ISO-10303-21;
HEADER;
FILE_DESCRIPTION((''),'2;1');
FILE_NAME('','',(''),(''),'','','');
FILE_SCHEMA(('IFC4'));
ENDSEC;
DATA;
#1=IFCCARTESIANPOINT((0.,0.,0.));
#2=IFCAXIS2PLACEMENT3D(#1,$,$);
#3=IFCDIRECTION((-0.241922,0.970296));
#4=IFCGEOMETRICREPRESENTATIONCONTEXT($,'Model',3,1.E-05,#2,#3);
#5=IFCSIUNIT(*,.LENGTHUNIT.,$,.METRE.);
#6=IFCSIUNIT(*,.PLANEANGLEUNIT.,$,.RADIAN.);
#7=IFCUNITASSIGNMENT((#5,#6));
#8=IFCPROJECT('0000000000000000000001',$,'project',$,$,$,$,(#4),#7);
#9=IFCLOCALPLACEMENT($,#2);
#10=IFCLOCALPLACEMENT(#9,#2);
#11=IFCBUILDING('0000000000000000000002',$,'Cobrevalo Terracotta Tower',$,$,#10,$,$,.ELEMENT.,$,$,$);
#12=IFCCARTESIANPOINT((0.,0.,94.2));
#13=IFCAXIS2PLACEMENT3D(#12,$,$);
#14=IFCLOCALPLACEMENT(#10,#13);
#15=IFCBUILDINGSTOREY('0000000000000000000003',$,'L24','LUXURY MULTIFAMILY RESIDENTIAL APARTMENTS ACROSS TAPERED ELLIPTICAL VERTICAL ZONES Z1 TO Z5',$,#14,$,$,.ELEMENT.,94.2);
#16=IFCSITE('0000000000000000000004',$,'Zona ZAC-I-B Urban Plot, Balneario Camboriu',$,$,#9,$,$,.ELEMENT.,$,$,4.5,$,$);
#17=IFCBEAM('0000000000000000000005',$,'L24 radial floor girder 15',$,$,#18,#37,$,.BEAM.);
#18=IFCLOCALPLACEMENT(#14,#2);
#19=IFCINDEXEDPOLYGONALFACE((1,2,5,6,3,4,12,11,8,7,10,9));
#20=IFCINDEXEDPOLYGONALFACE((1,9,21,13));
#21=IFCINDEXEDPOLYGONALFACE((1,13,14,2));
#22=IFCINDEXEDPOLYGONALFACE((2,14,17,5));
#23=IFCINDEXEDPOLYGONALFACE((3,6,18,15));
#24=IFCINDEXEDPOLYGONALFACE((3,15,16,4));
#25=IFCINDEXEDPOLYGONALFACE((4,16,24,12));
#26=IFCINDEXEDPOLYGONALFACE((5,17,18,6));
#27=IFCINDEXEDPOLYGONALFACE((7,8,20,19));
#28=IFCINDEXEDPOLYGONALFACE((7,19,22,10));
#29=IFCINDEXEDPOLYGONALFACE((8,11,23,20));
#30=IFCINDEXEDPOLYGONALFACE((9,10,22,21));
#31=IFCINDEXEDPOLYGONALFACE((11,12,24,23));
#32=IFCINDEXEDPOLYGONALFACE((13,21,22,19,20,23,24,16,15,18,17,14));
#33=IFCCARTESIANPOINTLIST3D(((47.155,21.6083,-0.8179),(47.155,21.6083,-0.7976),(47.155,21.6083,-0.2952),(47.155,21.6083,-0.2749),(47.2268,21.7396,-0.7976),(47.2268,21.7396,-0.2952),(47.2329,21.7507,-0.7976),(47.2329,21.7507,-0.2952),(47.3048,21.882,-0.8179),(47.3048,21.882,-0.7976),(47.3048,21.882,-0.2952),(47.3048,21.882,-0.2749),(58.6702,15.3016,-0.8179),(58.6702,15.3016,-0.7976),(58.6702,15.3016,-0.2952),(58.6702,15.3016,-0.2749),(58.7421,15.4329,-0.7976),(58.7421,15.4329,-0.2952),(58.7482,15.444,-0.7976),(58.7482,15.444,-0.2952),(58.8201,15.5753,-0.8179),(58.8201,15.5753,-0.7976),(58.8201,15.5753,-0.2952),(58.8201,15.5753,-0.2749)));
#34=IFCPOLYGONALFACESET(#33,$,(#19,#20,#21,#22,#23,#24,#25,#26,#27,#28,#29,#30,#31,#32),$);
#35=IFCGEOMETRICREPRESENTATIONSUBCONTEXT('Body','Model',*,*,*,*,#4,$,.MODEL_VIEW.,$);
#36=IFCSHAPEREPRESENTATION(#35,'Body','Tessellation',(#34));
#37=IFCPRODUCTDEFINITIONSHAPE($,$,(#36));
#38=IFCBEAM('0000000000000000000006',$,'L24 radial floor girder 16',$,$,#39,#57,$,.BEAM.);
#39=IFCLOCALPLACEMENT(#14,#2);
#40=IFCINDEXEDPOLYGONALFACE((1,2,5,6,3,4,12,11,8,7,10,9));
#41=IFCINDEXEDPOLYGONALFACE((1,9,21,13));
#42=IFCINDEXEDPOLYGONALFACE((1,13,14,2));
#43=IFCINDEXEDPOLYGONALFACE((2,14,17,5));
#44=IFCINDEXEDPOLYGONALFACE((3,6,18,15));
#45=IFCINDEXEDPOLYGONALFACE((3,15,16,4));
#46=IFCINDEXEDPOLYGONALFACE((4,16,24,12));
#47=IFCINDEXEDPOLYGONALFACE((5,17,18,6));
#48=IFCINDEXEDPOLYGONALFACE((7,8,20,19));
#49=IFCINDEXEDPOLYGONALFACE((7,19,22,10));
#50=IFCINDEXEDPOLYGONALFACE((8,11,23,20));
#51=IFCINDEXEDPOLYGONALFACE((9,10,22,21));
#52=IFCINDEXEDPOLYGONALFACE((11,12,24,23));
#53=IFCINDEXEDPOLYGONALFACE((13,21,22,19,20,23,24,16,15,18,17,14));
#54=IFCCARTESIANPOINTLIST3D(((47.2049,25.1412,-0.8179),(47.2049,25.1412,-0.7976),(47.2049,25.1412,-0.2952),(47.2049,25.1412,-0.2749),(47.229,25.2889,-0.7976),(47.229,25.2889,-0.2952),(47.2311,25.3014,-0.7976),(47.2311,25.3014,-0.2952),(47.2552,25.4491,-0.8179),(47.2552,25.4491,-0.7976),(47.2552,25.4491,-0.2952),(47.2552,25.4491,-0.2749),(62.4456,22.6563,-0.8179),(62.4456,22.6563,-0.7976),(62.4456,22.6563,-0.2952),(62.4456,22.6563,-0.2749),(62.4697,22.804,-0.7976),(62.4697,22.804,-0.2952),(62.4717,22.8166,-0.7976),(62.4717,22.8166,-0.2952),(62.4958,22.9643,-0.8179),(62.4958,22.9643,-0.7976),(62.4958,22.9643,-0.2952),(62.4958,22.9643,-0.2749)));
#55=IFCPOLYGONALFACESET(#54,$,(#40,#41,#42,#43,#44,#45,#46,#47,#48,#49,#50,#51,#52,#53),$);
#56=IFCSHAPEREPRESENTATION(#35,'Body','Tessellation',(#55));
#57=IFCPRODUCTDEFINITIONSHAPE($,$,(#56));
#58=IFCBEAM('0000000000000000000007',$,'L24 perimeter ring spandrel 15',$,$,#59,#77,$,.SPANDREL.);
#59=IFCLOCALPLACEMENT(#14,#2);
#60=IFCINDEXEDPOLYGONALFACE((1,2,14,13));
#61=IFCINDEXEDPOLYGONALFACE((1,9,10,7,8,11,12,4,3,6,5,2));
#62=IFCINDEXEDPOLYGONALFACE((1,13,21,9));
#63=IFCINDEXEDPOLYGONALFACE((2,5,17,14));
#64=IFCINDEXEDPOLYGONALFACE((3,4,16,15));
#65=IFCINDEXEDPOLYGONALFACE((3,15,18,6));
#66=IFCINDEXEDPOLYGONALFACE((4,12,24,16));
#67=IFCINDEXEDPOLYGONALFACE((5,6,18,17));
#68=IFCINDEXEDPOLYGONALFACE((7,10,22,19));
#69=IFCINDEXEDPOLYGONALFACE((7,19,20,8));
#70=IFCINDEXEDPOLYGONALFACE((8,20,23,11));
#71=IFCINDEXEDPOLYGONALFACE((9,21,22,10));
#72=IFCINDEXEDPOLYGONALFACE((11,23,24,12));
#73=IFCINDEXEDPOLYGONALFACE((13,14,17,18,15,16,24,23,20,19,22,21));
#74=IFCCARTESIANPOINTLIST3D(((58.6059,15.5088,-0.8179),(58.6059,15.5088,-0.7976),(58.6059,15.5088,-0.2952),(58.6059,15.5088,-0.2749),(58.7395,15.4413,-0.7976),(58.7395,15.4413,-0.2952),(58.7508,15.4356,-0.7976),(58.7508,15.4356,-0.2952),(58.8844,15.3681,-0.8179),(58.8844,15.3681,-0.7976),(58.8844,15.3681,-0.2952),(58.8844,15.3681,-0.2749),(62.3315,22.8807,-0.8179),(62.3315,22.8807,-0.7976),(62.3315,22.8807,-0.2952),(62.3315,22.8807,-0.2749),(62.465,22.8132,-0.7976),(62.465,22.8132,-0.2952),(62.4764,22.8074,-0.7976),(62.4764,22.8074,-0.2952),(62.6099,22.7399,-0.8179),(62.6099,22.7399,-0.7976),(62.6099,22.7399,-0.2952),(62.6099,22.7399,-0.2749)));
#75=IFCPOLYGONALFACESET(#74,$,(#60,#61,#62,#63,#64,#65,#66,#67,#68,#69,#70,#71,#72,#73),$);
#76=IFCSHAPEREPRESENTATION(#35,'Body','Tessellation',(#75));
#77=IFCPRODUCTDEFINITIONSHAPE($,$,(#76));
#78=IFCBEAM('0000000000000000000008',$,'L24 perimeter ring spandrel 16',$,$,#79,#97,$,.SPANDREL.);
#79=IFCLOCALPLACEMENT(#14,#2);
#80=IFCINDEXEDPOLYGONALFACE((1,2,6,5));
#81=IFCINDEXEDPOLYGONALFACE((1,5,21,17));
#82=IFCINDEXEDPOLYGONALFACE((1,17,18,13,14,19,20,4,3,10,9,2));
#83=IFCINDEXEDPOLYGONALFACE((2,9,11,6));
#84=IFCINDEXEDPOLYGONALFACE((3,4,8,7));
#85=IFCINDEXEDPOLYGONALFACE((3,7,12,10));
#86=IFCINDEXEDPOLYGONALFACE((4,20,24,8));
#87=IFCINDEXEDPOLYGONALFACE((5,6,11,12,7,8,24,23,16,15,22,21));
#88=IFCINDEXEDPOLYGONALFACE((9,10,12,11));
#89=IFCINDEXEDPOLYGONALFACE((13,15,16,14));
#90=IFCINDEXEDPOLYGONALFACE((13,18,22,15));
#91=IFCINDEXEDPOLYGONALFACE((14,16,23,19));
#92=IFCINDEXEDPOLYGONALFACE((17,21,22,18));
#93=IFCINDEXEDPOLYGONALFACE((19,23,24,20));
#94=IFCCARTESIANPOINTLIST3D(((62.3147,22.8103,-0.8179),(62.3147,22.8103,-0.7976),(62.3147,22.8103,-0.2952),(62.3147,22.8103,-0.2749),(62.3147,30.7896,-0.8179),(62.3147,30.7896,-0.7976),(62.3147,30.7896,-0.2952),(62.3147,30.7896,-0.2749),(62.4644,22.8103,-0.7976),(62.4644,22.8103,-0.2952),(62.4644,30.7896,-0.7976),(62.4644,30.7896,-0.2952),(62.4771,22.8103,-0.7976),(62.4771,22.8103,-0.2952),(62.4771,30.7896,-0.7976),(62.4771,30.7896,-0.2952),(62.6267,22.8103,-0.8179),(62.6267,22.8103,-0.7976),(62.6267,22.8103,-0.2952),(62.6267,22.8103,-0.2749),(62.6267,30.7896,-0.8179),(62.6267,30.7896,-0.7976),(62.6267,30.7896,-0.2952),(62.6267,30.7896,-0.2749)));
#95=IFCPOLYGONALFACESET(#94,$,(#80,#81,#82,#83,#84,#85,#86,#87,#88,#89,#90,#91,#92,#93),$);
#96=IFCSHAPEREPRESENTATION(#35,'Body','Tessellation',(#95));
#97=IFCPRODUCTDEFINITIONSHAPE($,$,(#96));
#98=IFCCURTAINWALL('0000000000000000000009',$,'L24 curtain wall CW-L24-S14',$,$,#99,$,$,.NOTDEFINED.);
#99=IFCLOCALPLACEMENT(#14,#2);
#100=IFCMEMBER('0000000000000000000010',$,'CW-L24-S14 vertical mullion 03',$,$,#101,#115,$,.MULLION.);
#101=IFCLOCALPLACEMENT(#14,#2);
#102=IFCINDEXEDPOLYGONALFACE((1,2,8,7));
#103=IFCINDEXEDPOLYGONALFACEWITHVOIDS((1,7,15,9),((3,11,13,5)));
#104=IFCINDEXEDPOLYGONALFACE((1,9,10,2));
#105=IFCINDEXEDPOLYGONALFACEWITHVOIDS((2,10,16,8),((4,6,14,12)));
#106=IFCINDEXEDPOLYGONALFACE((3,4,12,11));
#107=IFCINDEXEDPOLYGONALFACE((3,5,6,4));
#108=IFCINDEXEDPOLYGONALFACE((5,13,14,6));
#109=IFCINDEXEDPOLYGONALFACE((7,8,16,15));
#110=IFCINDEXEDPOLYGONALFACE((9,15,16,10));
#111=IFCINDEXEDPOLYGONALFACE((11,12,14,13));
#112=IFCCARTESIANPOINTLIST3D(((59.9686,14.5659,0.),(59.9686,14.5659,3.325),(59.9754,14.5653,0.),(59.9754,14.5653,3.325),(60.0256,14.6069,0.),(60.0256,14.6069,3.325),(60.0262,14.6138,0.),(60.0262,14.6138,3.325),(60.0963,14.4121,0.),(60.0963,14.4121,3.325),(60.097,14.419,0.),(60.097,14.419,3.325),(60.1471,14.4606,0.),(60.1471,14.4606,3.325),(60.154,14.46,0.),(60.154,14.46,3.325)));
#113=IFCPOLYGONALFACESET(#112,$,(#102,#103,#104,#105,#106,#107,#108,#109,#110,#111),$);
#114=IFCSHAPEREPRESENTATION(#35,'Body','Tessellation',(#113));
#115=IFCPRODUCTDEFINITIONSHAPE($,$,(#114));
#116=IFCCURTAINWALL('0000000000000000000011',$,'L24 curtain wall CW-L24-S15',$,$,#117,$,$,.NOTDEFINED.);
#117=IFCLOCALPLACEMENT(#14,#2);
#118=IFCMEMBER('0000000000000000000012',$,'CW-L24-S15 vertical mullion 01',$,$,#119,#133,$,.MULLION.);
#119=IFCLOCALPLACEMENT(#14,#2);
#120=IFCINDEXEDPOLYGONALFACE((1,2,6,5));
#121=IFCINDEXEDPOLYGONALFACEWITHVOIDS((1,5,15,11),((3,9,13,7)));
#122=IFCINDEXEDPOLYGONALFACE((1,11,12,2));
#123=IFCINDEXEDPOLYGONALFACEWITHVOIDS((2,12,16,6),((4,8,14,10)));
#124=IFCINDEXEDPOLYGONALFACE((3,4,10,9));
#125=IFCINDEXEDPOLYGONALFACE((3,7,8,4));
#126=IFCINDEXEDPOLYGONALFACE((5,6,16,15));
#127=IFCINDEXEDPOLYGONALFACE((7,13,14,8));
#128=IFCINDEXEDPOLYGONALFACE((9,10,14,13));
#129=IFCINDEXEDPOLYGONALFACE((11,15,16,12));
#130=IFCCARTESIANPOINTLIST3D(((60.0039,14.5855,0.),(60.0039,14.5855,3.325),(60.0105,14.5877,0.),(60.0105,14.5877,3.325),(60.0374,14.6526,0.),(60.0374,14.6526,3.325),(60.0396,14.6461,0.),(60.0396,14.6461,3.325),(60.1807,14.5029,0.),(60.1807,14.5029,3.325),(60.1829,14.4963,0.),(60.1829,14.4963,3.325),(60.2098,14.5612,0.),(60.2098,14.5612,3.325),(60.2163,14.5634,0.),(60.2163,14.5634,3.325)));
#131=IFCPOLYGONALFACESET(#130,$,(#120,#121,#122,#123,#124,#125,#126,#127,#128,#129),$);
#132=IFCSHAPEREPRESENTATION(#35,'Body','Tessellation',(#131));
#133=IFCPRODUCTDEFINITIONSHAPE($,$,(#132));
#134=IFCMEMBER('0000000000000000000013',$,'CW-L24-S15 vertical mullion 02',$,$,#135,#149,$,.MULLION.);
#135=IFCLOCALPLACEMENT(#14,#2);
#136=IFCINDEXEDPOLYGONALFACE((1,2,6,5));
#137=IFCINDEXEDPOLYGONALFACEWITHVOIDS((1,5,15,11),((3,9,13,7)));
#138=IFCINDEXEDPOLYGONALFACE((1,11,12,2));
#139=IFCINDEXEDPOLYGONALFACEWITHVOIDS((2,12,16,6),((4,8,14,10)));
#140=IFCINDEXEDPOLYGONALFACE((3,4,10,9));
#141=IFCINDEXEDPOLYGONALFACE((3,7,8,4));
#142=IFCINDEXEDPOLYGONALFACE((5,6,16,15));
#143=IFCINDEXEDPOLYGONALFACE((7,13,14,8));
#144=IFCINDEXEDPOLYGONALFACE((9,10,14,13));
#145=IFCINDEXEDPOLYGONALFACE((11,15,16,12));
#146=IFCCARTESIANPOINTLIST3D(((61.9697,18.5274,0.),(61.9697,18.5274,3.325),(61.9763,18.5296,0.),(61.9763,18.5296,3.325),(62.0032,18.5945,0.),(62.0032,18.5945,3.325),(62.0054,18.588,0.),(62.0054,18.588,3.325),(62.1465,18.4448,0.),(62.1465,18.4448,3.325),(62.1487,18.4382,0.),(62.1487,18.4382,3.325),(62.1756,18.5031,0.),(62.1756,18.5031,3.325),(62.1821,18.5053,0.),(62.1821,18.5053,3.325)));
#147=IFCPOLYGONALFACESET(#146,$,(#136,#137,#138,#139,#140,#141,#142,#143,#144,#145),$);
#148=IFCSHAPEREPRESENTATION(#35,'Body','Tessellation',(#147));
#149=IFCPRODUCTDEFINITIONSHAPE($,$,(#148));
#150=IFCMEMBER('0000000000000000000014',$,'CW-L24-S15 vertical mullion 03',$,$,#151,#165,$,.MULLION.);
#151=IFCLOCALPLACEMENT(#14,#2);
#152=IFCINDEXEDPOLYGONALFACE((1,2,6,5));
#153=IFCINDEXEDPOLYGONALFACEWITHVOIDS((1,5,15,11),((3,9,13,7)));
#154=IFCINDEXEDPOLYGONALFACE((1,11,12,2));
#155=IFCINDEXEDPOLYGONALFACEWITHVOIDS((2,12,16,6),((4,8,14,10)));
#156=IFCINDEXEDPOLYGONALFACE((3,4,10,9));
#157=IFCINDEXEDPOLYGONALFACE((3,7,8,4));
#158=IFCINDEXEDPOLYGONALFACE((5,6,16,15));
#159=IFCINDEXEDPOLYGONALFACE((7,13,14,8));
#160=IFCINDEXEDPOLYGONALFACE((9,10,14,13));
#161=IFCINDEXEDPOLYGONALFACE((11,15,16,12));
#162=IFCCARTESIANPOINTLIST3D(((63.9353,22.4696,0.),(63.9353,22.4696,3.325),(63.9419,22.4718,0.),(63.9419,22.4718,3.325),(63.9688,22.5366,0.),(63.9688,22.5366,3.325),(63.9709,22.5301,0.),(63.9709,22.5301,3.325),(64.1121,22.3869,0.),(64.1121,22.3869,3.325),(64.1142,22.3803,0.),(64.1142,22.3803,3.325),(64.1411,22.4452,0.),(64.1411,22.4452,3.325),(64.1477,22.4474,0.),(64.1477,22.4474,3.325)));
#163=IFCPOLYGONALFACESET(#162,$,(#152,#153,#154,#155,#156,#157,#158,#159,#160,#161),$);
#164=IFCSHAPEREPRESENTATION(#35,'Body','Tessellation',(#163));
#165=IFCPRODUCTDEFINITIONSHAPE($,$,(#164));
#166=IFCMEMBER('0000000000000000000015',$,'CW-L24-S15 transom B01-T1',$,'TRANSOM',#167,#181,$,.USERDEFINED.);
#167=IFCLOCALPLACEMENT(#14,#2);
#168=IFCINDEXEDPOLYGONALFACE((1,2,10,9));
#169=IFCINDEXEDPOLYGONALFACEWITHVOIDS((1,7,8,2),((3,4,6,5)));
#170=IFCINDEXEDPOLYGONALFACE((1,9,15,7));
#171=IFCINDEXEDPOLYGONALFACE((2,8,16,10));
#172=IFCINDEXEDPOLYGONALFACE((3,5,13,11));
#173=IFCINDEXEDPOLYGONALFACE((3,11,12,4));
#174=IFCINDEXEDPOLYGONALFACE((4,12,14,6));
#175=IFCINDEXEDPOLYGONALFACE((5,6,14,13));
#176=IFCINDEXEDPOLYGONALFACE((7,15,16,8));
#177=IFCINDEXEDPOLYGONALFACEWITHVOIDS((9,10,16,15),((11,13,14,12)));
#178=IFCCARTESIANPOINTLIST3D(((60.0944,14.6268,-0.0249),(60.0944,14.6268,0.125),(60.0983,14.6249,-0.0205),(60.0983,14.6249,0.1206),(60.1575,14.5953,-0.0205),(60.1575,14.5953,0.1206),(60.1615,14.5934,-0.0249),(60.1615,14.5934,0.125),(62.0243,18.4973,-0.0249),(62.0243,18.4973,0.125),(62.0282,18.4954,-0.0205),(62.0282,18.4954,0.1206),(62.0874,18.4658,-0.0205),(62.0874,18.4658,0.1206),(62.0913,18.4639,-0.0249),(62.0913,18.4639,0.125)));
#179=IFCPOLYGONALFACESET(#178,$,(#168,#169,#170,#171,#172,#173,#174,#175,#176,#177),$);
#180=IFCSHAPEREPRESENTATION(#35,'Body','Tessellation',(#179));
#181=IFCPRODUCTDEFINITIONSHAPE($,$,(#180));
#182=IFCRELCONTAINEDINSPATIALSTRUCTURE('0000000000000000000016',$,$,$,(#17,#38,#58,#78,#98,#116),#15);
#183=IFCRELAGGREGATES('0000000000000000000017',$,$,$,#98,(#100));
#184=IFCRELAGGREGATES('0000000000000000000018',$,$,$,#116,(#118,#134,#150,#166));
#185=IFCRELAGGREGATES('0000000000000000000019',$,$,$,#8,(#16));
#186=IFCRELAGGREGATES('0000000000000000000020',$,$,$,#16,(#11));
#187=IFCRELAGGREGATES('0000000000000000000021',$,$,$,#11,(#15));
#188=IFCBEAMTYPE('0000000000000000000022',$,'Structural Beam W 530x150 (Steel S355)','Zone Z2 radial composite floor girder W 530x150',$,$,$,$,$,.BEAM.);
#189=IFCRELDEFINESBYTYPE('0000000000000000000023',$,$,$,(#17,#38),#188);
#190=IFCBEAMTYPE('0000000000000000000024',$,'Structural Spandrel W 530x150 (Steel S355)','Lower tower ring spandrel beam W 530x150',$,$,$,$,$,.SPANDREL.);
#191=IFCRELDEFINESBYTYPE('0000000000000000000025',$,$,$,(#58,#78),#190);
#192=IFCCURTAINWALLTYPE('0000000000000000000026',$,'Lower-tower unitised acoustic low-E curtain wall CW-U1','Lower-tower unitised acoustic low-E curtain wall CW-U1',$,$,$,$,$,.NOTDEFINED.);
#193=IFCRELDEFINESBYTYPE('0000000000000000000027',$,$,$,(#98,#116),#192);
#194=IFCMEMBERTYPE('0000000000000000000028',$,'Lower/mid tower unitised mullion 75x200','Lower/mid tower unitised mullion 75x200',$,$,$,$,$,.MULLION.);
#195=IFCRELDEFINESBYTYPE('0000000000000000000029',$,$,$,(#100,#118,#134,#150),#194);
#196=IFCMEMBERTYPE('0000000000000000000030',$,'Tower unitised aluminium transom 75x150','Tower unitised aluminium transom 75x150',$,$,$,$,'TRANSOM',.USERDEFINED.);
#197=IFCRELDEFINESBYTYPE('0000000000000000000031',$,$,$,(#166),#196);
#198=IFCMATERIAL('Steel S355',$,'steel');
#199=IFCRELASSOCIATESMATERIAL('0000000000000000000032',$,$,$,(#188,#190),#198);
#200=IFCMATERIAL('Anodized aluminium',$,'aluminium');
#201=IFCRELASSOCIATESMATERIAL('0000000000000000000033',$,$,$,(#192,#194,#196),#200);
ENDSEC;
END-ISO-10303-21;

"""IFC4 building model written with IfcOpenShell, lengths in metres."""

from ifc_helpers import new_model, si_unit, direction, frame, origin, origin_2d, place, context, subcontext, project, spatial, hollow_rectangle, i_section, extrude, source, transform, mapped, material, material_profile, profile_set, type_object, element, aggregate, save


model = new_model("IFC4")

# Units and contexts
model_context = context("Model", 3, precision=1e-05, world=origin(), true_north=direction((-0.241922, 0.970296)))
body_context = subcontext(model_context, "Body", "Model", "MODEL_VIEW")
ifc_project = project(units=[si_unit("LENGTHUNIT", "METRE"), si_unit("PLANEANGLEUNIT", "RADIAN")], contexts=[model_context])

# Site, building, storey
site_placement = place(None, origin())
site = spatial("IfcSite", under=ifc_project, at=site_placement, Name="Zona ZAC-I-B Urban Plot, Balneario Camboriu", CompositionType="ELEMENT", RefElevation=4.5)
building_placement = place(site_placement, origin())
building = spatial("IfcBuilding", under=site, at=building_placement, Name="Cobrevalo Terracotta Tower", CompositionType="ELEMENT")
storey_placement = place(building_placement, frame((0.0, 0.0, 94.2)))
storey = spatial("IfcBuildingStorey", under=building, at=storey_placement, Name="L24", Description="LUXURY MULTIFAMILY RESIDENTIAL APARTMENTS ACROSS TAPERED ELLIPTICAL VERTICAL ZONES Z1 TO Z5", CompositionType="ELEMENT", Elevation=94.2)

# Shared definitions
ifc_material_1 = material(Name="Steel S355", Category="steel")

# Beams
ifc_material_profile_1 = material_profile(ifc_material_1, i_section(OverallWidth=0.312, OverallDepth=0.543, WebThickness=0.0127, FlangeThickness=0.0203, at=origin_2d()), Name="W 530x150")
ifc_profile_set_1 = profile_set([ifc_material_profile_1], Name="Steel S355")
beam_type_1 = type_object("IfcBeamType", Name="Structural Beam W 530x150 (Steel S355)", Description="Zone Z2 radial composite floor girder W 530x150", PredefinedType="BEAM", material=ifc_profile_set_1)
beam_1_placement = place(storey_placement, frame((58.7451, 15.4385, -0.5464), z_axis=(-0.877073, 0.480358, 0.0), x_axis=(-0.480358, -0.877073, 0.0)))
element("IfcBeam", 1, at=beam_1_placement, inside=storey, type_object=beam_type_1, Name="L24 radial floor girder 15", PredefinedType="BEAM", context=body_context, shape_type="SweptSolid", body=[
    extrude(i_section(OverallWidth=0.312, OverallDepth=0.543, WebThickness=0.0127, FlangeThickness=0.0203, at=origin_2d()), origin(), (0.0, 0.0, 1.0), 13.1292),
])
beam_2_placement = place(storey_placement, frame((62.4707, 22.8103, -0.5464), z_axis=(-0.986968, 0.160916, 0.0), x_axis=(-0.160916, -0.986968, 0.0)))
element("IfcBeam", 2, at=beam_2_placement, inside=storey, type_object=beam_type_1, Name="L24 radial floor girder 16", PredefinedType="BEAM", context=body_context, shape_type="SweptSolid", body=[
    extrude(i_section(OverallWidth=0.312, OverallDepth=0.543, WebThickness=0.0127, FlangeThickness=0.0203, at=origin_2d()), origin(), (0.0, 0.0, 1.0), 15.4419),
])
ifc_material_profile_2 = material_profile(ifc_material_1, i_section(OverallWidth=0.312, OverallDepth=0.543, WebThickness=0.0127, FlangeThickness=0.0203, at=origin_2d()), Name="W 530x150")
ifc_profile_set_2 = profile_set([ifc_material_profile_2], Name="Steel S355")
beam_type_2 = type_object("IfcBeamType", Name="Structural Spandrel W 530x150 (Steel S355)", Description="Lower tower ring spandrel beam W 530x150", PredefinedType="SPANDREL", material=ifc_profile_set_2)
beam_3_placement = place(storey_placement, frame((58.7451, 15.4385, -0.5464), z_axis=(0.451052, 0.892498, 0.0), x_axis=(-0.892498, 0.451052, 0.0)))
element("IfcBeam", 3, at=beam_3_placement, inside=storey, type_object=beam_type_2, Name="L24 perimeter ring spandrel 15", PredefinedType="SPANDREL", context=body_context, shape_type="SweptSolid", body=[
    extrude(i_section(OverallWidth=0.312, OverallDepth=0.543, WebThickness=0.0127, FlangeThickness=0.0203, at=origin_2d()), origin(), (0.0, 0.0, 1.0), 8.2598),
])
beam_4_placement = place(storey_placement, frame((62.4707, 22.8103, -0.5464), z_axis=(0.0, 1.0, 0.0), x_axis=(-1.0, 0.0, 0.0)))
element("IfcBeam", 4, at=beam_4_placement, inside=storey, type_object=beam_type_2, Name="L24 perimeter ring spandrel 16", PredefinedType="SPANDREL", context=body_context, shape_type="SweptSolid", body=[
    extrude(i_section(OverallWidth=0.312, OverallDepth=0.543, WebThickness=0.0127, FlangeThickness=0.0203, at=origin_2d()), origin(), (0.0, 0.0, 1.0), 7.9792),
])

# Curtain wall, member
ifc_material_2 = material(Name="Anodized aluminium", Category="aluminium")
curtain_wall_type = type_object("IfcCurtainWallType", Name="Lower-tower unitised acoustic low-E curtain wall CW-U1", Description="Lower-tower unitised acoustic low-E curtain wall CW-U1", PredefinedType="NOTDEFINED", material=ifc_material_2)
curtain_wall_1_placement = place(storey_placement, origin())
curtain_wall_1 = element("IfcCurtainWall", 5, at=curtain_wall_1_placement, inside=storey, type_object=curtain_wall_type, Name="L24 curtain wall CW-L24-S14", PredefinedType="NOTDEFINED")
ifc_material_profile_3 = material_profile(ifc_material_2, hollow_rectangle(XDim=0.075, YDim=0.2, WallThickness=0.0049, at=origin_2d()), Name="CWM 75x200")
ifc_profile_set_3 = profile_set([ifc_material_profile_3], Name="Anodized aluminium")
member_type_1 = type_object("IfcMemberType", Name="Lower/mid tower unitised mullion 75x200", Description="Lower/mid tower unitised mullion 75x200", PredefinedType="MULLION", material=ifc_profile_set_3)
shared_shape_1 = source(origin(), body_context, "Body", "SweptSolid", [
    extrude(hollow_rectangle(XDim=0.075, YDim=0.2, WallThickness=0.0049, at=origin_2d()), origin(), (0.0, 0.0, 1.0), 3.325),
])
member_1_placement = place(storey_placement, frame((60.0613, 14.5129, 0.0), z_axis=(0.0, 0.0, 1.0), x_axis=(0.769243, 0.638956, 0.0)))
member_1 = element("IfcMember", 6, at=member_1_placement, type_object=member_type_1, Name="CW-L24-S14 vertical mullion 03", PredefinedType="MULLION", context=body_context, shape_type="MappedRepresentation", body=[
    mapped(shared_shape_1, transform((0.0, 0.0, 0.0), scale=1.0)),
])

# Curtain wall, members
curtain_wall_2_placement = place(storey_placement, origin())
curtain_wall_2 = element("IfcCurtainWall", 7, at=curtain_wall_2_placement, inside=storey, type_object=curtain_wall_type, Name="L24 curtain wall CW-L24-S15", PredefinedType="NOTDEFINED")
member_2_placement = place(storey_placement, frame((60.1101, 14.5745, 0.0), z_axis=(0.0, 0.0, 1.0), x_axis=(0.44626, 0.894903, 0.0)))
member_2 = element("IfcMember", 8, at=member_2_placement, type_object=member_type_1, Name="CW-L24-S15 vertical mullion 01", PredefinedType="MULLION", context=body_context, shape_type="MappedRepresentation", body=[
    mapped(shared_shape_1, transform((0.0, 0.0, 0.0), scale=1.0)),
])
member_3_placement = place(storey_placement, frame((62.0759, 18.5164, 0.0), z_axis=(0.0, 0.0, 1.0), x_axis=(0.44626, 0.894903, 0.0)))
member_3 = element("IfcMember", 9, at=member_3_placement, type_object=member_type_1, Name="CW-L24-S15 vertical mullion 02", PredefinedType="MULLION", context=body_context, shape_type="MappedRepresentation", body=[
    mapped(shared_shape_1, transform((0.0, 0.0, 0.0), scale=1.0)),
])
member_4_placement = place(storey_placement, frame((64.0415, 22.4585, 0.0), z_axis=(0.0, 0.0, 1.0), x_axis=(0.44626, 0.894903, 0.0)))
member_4 = element("IfcMember", 10, at=member_4_placement, type_object=member_type_1, Name="CW-L24-S15 vertical mullion 03", PredefinedType="MULLION", context=body_context, shape_type="MappedRepresentation", body=[
    mapped(shared_shape_1, transform((0.0, 0.0, 0.0), scale=1.0)),
])
ifc_material_profile_4 = material_profile(ifc_material_2, hollow_rectangle(XDim=0.075, YDim=0.1499, WallThickness=0.0044, at=origin_2d()), Name="CWT 75x150")
ifc_profile_set_4 = profile_set([ifc_material_profile_4], Name="Anodized aluminium")
member_type_2 = type_object("IfcMemberType", Name="Tower unitised aluminium transom 75x150", Description="Tower unitised aluminium transom 75x150", ElementType="TRANSOM", PredefinedType="USERDEFINED", material=ifc_profile_set_4)
shared_shape_2 = source(origin(), body_context, "Body", "SweptSolid", [
    extrude(hollow_rectangle(XDim=0.075, YDim=0.1499, WallThickness=0.0044, at=origin_2d()), origin(), (0.0, 0.0, 1.0), 4.325),
])
member_5_placement = place(storey_placement, frame((60.1279, 14.6101, 0.05), z_axis=(0.44622, 0.894923, 0.0), x_axis=(-0.894923, 0.44622, 0.0)))
member_5 = element("IfcMember", 11, at=member_5_placement, type_object=member_type_2, Name="CW-L24-S15 transom B01-T1", ObjectType="TRANSOM", PredefinedType="USERDEFINED", context=body_context, shape_type="MappedRepresentation", body=[
    mapped(shared_shape_2, transform((0.0, 0.0, 0.0), scale=1.0)),
])

aggregate(curtain_wall_1, [member_1])
aggregate(curtain_wall_2, [member_2, member_3, member_4, member_5])

save(model, "model.ifc")
